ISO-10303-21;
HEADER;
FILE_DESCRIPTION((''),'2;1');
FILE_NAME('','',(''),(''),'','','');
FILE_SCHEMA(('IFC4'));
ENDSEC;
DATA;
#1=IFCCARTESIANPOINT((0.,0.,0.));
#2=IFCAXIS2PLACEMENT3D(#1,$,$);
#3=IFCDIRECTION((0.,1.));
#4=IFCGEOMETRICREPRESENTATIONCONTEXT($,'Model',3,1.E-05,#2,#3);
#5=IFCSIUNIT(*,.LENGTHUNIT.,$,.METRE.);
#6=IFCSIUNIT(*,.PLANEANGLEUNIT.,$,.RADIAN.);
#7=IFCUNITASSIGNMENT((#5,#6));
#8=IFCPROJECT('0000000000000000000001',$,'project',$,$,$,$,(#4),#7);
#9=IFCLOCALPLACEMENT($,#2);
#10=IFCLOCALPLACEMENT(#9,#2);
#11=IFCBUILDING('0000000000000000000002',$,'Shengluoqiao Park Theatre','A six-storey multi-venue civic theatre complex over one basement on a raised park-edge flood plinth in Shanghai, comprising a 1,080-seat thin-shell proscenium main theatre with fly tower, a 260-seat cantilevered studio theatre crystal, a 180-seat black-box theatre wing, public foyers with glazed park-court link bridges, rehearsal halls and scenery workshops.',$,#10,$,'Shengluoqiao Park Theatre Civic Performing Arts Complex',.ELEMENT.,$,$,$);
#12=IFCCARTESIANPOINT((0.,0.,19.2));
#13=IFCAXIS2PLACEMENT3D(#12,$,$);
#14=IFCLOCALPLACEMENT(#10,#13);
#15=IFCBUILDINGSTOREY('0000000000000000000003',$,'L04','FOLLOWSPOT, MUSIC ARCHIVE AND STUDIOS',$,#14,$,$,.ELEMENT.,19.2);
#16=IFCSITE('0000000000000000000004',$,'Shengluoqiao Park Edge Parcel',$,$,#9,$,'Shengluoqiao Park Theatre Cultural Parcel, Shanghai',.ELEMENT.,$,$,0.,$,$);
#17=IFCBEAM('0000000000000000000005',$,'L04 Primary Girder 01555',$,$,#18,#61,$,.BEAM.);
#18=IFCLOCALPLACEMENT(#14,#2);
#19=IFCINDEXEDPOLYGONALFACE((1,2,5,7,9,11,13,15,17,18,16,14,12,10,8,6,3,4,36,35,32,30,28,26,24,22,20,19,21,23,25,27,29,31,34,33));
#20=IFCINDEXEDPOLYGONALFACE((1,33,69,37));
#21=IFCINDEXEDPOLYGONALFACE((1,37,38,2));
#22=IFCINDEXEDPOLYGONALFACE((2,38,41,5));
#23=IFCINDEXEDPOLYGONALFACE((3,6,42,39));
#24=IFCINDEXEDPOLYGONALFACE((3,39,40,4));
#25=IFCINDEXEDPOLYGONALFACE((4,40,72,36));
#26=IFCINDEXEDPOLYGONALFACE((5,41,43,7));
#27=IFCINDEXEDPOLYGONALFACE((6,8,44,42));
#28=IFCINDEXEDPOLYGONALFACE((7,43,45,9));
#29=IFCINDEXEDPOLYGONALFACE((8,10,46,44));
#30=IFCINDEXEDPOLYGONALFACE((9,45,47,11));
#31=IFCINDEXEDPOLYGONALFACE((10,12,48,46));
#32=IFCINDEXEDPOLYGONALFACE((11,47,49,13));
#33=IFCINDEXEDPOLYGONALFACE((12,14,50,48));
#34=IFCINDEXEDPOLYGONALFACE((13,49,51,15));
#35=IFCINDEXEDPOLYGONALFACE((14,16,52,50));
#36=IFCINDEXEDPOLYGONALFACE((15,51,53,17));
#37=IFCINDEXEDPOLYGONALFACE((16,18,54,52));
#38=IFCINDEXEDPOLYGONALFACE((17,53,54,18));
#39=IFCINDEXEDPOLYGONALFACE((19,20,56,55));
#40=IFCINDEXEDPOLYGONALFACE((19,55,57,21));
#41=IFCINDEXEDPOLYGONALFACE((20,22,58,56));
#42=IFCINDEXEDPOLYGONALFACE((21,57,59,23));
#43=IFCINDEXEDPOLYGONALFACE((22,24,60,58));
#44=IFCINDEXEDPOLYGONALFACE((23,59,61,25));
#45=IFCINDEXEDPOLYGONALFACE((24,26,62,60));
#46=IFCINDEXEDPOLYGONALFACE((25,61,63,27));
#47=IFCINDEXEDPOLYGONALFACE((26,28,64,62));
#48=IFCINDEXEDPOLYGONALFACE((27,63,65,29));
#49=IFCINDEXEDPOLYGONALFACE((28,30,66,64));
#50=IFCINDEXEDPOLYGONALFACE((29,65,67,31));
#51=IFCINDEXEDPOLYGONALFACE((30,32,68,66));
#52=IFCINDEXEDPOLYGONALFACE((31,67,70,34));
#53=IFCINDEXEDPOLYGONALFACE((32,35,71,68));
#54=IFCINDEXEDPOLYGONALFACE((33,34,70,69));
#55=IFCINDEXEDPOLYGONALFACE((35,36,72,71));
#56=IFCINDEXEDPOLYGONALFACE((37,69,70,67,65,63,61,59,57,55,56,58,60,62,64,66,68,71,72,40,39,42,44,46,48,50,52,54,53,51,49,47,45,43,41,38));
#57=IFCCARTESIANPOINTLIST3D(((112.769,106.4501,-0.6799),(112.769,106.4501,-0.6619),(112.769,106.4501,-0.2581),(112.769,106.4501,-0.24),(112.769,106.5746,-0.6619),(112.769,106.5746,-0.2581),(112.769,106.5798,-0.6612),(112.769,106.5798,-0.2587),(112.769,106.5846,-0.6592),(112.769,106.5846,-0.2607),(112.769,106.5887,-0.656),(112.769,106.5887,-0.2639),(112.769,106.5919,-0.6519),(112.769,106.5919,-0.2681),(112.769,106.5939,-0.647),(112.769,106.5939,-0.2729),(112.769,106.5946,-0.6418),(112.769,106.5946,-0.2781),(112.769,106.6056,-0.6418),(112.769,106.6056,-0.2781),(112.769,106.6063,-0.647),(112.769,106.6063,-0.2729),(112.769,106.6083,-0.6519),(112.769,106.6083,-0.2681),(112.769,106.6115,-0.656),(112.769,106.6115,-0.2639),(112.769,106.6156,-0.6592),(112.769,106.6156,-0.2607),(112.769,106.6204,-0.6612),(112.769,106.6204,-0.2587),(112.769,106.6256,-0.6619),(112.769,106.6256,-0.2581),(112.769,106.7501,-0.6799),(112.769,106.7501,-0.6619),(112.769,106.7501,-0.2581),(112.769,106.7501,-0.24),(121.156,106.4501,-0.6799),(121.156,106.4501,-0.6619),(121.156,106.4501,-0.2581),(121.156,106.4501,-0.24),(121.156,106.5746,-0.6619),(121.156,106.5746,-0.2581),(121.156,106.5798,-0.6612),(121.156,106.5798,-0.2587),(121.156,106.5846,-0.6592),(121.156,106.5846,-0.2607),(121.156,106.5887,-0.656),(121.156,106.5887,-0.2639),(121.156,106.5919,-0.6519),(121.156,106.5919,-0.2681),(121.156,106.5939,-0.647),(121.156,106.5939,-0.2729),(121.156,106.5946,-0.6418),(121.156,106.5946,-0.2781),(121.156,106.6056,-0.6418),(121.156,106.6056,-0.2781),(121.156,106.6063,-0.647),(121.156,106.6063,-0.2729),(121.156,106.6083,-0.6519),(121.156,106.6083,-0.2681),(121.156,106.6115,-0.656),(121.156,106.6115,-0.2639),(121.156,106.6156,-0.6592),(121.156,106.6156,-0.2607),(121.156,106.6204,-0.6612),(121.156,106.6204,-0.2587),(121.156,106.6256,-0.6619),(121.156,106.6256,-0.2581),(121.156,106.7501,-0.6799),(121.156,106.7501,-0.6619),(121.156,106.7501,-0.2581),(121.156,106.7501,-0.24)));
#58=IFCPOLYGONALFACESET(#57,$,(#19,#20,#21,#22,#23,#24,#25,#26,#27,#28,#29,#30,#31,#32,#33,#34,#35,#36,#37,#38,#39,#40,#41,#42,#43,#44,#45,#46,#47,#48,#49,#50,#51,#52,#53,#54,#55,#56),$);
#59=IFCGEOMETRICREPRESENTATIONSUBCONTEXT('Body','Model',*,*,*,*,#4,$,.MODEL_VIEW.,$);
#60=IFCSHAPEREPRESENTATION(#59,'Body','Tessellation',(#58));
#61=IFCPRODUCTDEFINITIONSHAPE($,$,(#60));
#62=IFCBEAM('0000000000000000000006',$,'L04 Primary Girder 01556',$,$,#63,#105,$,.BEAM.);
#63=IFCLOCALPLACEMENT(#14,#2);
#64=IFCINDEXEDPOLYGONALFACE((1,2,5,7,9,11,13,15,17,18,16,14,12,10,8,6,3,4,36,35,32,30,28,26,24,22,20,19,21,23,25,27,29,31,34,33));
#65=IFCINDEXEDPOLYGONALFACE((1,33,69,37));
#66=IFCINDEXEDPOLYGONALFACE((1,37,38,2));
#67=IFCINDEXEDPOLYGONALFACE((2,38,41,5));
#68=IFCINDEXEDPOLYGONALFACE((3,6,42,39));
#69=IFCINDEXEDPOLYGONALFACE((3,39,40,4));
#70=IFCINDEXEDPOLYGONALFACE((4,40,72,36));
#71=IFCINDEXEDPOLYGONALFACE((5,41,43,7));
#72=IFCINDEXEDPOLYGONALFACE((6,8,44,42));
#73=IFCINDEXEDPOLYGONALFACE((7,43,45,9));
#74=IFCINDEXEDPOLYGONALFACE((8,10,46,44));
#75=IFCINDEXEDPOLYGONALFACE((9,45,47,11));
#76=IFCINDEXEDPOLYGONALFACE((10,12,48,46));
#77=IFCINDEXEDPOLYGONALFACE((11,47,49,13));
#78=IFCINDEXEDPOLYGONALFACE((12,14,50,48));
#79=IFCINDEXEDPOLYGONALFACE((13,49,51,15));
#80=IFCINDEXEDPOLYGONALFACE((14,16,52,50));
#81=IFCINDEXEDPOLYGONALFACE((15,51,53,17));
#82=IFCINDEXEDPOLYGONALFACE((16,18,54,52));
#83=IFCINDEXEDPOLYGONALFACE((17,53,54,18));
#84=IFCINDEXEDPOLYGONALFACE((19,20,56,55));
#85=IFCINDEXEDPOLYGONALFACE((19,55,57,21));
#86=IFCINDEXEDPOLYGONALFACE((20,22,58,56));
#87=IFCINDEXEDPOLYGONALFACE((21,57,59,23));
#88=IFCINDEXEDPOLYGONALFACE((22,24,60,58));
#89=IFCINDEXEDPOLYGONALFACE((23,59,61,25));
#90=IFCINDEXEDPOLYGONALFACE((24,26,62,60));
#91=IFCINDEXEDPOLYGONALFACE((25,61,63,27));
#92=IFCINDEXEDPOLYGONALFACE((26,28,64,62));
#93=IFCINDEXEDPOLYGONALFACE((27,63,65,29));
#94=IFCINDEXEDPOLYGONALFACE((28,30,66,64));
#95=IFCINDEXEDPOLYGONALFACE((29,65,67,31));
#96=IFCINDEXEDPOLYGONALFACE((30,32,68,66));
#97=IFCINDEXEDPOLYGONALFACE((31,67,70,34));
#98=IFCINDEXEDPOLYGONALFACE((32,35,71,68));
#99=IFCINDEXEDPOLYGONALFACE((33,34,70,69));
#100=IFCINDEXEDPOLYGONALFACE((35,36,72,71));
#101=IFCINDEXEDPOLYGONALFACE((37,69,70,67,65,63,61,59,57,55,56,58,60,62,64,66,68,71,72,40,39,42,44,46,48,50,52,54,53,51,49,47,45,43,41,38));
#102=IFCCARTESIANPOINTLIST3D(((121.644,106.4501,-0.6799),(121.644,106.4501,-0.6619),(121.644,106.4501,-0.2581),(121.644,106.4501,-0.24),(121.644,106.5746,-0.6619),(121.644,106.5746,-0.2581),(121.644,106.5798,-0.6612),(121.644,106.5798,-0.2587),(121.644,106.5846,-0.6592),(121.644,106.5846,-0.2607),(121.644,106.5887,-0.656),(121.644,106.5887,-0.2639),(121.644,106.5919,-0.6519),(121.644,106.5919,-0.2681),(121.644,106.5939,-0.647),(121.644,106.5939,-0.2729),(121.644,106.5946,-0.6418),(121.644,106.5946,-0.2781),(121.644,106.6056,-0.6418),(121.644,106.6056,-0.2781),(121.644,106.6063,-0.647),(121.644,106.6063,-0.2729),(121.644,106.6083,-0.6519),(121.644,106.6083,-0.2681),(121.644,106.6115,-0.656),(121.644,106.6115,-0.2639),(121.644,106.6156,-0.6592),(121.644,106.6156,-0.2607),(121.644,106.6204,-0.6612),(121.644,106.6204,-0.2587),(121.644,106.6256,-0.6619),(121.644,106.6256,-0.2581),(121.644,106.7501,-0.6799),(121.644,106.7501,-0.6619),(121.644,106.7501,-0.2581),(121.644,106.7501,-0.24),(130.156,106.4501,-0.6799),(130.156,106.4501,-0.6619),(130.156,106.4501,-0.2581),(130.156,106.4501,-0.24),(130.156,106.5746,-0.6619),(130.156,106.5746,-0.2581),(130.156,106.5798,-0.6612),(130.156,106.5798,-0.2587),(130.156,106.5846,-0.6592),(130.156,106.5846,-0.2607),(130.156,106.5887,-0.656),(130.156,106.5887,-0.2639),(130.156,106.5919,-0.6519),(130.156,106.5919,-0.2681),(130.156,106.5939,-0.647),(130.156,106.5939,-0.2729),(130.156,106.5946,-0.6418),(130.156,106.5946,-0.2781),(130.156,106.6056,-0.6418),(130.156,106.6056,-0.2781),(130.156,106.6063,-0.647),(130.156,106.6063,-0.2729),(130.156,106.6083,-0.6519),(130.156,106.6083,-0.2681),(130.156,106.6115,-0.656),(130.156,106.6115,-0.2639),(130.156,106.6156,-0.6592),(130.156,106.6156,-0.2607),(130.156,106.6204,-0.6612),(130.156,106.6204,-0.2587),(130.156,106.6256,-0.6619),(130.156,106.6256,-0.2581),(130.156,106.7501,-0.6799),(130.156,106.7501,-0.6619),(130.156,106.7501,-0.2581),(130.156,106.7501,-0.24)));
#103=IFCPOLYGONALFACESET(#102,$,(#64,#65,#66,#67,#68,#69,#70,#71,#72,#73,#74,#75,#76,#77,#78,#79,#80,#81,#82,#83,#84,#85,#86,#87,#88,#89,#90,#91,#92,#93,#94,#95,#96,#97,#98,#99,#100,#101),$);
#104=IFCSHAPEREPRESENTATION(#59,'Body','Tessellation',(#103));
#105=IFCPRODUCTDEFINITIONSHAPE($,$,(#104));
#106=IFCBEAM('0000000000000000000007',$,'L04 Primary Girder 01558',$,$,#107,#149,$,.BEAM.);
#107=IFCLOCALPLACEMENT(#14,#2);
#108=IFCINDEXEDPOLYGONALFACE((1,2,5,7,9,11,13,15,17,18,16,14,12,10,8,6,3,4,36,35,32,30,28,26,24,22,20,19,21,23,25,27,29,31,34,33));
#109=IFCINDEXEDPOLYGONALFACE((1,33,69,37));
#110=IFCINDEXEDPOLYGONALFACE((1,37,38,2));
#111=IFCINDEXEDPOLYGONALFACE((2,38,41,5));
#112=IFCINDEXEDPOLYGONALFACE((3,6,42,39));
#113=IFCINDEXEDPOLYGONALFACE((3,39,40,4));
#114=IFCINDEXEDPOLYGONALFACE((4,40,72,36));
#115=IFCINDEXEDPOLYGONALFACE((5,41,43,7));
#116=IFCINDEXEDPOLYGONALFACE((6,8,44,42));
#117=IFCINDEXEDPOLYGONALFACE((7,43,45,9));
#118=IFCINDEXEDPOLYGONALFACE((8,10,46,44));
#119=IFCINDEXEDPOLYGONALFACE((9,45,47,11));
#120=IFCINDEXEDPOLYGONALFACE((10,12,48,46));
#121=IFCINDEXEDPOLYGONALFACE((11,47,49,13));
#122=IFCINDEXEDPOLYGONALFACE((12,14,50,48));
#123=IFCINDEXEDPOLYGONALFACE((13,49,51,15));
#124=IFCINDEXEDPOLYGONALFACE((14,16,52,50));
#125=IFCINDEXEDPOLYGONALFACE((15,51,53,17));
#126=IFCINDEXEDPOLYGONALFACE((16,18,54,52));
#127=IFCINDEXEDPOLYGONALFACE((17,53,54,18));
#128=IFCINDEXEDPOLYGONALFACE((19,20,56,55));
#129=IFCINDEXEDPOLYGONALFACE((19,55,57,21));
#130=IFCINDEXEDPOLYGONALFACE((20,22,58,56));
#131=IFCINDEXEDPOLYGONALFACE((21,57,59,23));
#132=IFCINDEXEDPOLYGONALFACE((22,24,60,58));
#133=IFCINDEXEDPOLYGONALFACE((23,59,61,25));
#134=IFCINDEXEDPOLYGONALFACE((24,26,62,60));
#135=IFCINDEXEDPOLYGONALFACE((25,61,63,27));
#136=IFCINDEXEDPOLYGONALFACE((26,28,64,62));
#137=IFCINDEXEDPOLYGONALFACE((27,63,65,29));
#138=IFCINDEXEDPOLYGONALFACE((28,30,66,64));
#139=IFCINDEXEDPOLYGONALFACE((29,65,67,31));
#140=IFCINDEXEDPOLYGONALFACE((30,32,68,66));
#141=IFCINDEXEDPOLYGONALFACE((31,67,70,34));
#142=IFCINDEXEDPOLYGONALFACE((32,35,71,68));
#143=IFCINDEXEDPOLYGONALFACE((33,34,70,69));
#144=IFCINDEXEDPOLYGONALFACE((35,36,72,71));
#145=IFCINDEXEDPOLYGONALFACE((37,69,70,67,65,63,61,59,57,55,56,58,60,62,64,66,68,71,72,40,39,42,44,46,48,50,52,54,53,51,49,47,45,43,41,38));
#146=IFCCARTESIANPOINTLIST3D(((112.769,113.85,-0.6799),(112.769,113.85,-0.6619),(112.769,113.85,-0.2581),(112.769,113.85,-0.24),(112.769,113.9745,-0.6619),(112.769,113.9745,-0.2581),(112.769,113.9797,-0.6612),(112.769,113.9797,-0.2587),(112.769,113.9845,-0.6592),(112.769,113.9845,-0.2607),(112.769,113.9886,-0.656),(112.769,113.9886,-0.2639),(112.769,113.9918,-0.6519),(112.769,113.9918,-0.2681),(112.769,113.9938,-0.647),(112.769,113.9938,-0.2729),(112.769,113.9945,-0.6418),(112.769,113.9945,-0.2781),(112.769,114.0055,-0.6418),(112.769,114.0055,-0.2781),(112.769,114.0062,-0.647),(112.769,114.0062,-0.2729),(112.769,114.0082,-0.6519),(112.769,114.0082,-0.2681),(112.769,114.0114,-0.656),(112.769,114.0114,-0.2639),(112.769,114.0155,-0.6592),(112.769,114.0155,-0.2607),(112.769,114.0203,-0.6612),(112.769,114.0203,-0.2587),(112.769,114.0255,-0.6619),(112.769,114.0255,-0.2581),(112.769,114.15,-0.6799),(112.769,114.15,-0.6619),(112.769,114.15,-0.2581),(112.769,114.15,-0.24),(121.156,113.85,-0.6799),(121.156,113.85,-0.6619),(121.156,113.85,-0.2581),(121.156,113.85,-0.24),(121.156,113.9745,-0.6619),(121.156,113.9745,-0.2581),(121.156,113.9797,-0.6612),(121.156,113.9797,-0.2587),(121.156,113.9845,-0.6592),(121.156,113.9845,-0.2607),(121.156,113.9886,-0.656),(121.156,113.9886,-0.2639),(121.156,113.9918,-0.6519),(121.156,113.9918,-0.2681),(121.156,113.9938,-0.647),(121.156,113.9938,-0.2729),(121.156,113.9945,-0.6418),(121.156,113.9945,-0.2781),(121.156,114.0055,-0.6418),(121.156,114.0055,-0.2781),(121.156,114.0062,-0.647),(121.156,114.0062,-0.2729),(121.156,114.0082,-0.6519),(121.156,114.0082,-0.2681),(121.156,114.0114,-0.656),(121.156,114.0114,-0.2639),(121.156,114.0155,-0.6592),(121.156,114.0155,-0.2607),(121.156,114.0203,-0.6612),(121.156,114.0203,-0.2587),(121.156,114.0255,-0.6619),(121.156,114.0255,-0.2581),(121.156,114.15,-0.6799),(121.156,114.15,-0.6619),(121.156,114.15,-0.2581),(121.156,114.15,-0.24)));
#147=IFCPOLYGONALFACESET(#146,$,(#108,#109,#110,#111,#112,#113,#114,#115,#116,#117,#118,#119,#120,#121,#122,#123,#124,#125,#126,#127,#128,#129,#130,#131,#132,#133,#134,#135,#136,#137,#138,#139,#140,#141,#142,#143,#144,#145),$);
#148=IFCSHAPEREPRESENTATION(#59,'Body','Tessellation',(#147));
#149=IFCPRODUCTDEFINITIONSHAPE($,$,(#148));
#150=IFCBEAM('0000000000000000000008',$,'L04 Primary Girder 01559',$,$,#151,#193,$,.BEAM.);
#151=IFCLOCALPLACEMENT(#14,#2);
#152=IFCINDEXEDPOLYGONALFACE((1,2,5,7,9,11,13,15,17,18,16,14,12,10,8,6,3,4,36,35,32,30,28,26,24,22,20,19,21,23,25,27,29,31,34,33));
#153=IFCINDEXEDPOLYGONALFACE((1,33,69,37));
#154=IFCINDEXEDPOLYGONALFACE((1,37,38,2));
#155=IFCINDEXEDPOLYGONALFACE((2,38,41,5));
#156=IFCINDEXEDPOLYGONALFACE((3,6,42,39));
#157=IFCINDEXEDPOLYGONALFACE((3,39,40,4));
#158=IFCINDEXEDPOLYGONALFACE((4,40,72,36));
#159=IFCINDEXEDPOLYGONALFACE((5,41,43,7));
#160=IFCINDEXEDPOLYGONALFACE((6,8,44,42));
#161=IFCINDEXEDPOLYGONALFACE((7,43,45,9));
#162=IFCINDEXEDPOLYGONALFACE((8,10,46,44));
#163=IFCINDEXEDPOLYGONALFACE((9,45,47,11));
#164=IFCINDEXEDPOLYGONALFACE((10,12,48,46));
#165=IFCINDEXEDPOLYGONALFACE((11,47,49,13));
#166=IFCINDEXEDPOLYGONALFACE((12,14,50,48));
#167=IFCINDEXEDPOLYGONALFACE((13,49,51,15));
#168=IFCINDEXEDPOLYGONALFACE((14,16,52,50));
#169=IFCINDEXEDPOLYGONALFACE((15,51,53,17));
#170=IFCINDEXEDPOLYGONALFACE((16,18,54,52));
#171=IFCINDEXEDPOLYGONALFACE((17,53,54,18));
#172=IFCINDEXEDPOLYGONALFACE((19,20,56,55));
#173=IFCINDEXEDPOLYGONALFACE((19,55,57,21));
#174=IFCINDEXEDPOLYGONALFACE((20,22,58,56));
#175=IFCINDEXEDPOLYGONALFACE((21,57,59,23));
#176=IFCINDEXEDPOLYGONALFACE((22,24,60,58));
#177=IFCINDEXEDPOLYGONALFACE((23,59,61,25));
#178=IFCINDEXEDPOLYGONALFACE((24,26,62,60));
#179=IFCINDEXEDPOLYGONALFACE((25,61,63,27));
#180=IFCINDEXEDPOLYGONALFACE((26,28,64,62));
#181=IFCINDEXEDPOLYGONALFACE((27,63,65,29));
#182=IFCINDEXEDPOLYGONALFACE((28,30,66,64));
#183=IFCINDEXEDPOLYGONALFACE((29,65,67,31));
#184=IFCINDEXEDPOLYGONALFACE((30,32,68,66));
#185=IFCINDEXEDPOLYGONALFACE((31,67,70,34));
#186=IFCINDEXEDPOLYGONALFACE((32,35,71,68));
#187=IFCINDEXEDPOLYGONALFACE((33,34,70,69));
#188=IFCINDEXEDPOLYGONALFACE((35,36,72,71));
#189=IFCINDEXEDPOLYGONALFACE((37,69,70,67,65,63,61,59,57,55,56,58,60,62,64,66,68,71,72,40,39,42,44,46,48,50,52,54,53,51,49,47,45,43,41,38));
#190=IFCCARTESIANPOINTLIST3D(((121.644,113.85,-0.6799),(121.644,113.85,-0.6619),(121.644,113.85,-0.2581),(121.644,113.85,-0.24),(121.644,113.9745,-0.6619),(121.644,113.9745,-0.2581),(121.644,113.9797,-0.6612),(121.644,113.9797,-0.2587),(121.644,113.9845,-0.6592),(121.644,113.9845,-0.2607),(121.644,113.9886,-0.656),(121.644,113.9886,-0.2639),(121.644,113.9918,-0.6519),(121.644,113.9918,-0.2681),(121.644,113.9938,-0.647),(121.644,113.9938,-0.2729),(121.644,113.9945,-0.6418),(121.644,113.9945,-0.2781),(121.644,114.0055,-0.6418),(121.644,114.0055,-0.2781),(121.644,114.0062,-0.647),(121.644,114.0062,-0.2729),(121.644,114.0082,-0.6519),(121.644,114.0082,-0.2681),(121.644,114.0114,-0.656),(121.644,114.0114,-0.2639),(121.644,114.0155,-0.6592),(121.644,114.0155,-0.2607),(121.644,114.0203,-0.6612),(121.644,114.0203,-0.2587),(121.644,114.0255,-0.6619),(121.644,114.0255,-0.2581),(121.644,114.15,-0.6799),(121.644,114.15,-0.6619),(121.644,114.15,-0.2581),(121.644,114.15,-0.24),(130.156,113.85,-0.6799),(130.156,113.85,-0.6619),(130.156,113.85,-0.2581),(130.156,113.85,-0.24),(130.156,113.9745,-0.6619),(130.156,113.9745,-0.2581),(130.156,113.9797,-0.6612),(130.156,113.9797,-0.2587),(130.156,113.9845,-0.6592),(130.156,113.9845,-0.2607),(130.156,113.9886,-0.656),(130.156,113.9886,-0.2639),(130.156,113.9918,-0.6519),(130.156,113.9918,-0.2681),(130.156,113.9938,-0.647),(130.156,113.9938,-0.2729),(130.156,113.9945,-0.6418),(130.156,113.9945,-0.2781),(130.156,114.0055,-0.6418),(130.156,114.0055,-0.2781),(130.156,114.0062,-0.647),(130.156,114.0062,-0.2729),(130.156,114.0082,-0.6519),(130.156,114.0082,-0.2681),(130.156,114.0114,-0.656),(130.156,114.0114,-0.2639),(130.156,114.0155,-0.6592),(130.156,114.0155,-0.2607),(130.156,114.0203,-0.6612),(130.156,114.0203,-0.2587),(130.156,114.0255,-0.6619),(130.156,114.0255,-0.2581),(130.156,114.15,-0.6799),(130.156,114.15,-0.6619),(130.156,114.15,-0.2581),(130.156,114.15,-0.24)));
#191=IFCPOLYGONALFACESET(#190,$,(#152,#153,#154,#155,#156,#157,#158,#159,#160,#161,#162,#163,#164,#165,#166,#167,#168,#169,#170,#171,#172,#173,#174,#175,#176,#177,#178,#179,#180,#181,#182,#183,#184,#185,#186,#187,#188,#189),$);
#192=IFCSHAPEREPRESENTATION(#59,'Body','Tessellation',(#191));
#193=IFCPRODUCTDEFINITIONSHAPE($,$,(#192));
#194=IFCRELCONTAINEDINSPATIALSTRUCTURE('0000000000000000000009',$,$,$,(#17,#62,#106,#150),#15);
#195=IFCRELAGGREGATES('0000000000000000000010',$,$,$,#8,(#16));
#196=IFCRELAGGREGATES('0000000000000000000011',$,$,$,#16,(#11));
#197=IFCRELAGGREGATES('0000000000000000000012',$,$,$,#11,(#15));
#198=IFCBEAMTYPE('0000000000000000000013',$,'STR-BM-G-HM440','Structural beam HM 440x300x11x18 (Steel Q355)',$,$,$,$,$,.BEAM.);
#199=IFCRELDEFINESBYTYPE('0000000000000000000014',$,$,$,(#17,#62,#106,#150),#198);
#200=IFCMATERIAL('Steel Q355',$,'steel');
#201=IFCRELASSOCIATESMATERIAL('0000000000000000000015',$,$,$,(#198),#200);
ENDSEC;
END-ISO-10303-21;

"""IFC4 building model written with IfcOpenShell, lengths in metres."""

from ifc_helpers import new_model, si_unit, direction, frame, origin, origin_2d, place, context, subcontext, project, spatial, i_section, extrude, material, material_profile, profile_set, type_object, element, save


model = new_model("IFC4")

# Units and contexts
model_context = context("Model", 3, precision=1e-05, world=origin(), true_north=direction((0.0, 1.0)))
body_context = subcontext(model_context, "Body", "Model", "MODEL_VIEW")
ifc_project = project(units=[si_unit("LENGTHUNIT", "METRE"), si_unit("PLANEANGLEUNIT", "RADIAN")], contexts=[model_context])

# Site, building, storey
site_placement = place(None, origin())
site = spatial("IfcSite", under=ifc_project, at=site_placement, Name="Shengluoqiao Park Edge Parcel", LongName="Shengluoqiao Park Theatre Cultural Parcel, Shanghai", CompositionType="ELEMENT", RefElevation=0.0)
building_placement = place(site_placement, origin())
building = spatial("IfcBuilding", under=site, at=building_placement, Name="Shengluoqiao Park Theatre", Description="A six-storey multi-venue civic theatre complex over one basement on a raised park-edge flood plinth in Shanghai, comprising a 1,080-seat thin-shell proscenium main theatre with fly tower, a 260-seat cantilevered studio theatre crystal, a 180-seat black-box theatre wing, public foyers with glazed park-court link bridges, rehearsal halls and scenery workshops.", LongName="Shengluoqiao Park Theatre Civic Performing Arts Complex", CompositionType="ELEMENT")
storey_placement = place(building_placement, frame((0.0, 0.0, 19.2)))
storey = spatial("IfcBuildingStorey", under=building, at=storey_placement, Name="L04", Description="FOLLOWSPOT, MUSIC ARCHIVE AND STUDIOS", CompositionType="ELEMENT", Elevation=19.2)

# Shared definitions
ifc_material_1 = material(Name="Steel Q355", Category="steel")

# Beams
ifc_material_profile_1 = material_profile(ifc_material_1, i_section(OverallWidth=0.3, OverallDepth=0.4399, WebThickness=0.011, FlangeThickness=0.0181, FilletRadius=0.02, at=origin_2d()), Name="HM 440x300x11x18")
ifc_profile_set_1 = profile_set([ifc_material_profile_1], Name="Steel Q355")
beam_type_1 = type_object("IfcBeamType", Name="STR-BM-G-HM440", Description="Structural beam HM 440x300x11x18 (Steel Q355)", PredefinedType="BEAM", material=ifc_profile_set_1)
beam_1_placement = place(storey_placement, frame((112.769, 106.6001, -0.46), z_axis=(1.0, 0.0, 0.0), x_axis=(0.0, 1.0, 0.0)))
element("IfcBeam", 1, at=beam_1_placement, inside=storey, type_object=beam_type_1, Name="L04 Primary Girder 01555", PredefinedType="BEAM", context=body_context, shape_type="SweptSolid", body=[
    extrude(i_section(OverallWidth=0.3, OverallDepth=0.4399, WebThickness=0.011, FlangeThickness=0.0181, FilletRadius=0.02, at=origin_2d()), origin(), (0.0, 0.0, 1.0), 8.387),
])
beam_2_placement = place(storey_placement, frame((121.644, 106.6001, -0.46), z_axis=(1.0, 0.0, 0.0), x_axis=(0.0, 1.0, 0.0)))
element("IfcBeam", 2, at=beam_2_placement, inside=storey, type_object=beam_type_1, Name="L04 Primary Girder 01556", PredefinedType="BEAM", context=body_context, shape_type="SweptSolid", body=[
    extrude(i_section(OverallWidth=0.3, OverallDepth=0.4399, WebThickness=0.011, FlangeThickness=0.0181, FilletRadius=0.02, at=origin_2d()), origin(), (0.0, 0.0, 1.0), 8.512),
])
beam_3_placement = place(storey_placement, frame((112.769, 114.0, -0.46), z_axis=(1.0, 0.0, 0.0), x_axis=(0.0, 1.0, 0.0)))
element("IfcBeam", 3, at=beam_3_placement, inside=storey, type_object=beam_type_1, Name="L04 Primary Girder 01558", PredefinedType="BEAM", context=body_context, shape_type="SweptSolid", body=[
    extrude(i_section(OverallWidth=0.3, OverallDepth=0.4399, WebThickness=0.011, FlangeThickness=0.0181, FilletRadius=0.02, at=origin_2d()), origin(), (0.0, 0.0, 1.0), 8.387),
])
beam_4_placement = place(storey_placement, frame((121.644, 114.0, -0.46), z_axis=(1.0, 0.0, 0.0), x_axis=(0.0, 1.0, 0.0)))
element("IfcBeam", 4, at=beam_4_placement, inside=storey, type_object=beam_type_1, Name="L04 Primary Girder 01559", PredefinedType="BEAM", context=body_context, shape_type="SweptSolid", body=[
    extrude(i_section(OverallWidth=0.3, OverallDepth=0.4399, WebThickness=0.011, FlangeThickness=0.0181, FilletRadius=0.02, at=origin_2d()), origin(), (0.0, 0.0, 1.0), 8.512),
])

save(model, "model.ifc")
